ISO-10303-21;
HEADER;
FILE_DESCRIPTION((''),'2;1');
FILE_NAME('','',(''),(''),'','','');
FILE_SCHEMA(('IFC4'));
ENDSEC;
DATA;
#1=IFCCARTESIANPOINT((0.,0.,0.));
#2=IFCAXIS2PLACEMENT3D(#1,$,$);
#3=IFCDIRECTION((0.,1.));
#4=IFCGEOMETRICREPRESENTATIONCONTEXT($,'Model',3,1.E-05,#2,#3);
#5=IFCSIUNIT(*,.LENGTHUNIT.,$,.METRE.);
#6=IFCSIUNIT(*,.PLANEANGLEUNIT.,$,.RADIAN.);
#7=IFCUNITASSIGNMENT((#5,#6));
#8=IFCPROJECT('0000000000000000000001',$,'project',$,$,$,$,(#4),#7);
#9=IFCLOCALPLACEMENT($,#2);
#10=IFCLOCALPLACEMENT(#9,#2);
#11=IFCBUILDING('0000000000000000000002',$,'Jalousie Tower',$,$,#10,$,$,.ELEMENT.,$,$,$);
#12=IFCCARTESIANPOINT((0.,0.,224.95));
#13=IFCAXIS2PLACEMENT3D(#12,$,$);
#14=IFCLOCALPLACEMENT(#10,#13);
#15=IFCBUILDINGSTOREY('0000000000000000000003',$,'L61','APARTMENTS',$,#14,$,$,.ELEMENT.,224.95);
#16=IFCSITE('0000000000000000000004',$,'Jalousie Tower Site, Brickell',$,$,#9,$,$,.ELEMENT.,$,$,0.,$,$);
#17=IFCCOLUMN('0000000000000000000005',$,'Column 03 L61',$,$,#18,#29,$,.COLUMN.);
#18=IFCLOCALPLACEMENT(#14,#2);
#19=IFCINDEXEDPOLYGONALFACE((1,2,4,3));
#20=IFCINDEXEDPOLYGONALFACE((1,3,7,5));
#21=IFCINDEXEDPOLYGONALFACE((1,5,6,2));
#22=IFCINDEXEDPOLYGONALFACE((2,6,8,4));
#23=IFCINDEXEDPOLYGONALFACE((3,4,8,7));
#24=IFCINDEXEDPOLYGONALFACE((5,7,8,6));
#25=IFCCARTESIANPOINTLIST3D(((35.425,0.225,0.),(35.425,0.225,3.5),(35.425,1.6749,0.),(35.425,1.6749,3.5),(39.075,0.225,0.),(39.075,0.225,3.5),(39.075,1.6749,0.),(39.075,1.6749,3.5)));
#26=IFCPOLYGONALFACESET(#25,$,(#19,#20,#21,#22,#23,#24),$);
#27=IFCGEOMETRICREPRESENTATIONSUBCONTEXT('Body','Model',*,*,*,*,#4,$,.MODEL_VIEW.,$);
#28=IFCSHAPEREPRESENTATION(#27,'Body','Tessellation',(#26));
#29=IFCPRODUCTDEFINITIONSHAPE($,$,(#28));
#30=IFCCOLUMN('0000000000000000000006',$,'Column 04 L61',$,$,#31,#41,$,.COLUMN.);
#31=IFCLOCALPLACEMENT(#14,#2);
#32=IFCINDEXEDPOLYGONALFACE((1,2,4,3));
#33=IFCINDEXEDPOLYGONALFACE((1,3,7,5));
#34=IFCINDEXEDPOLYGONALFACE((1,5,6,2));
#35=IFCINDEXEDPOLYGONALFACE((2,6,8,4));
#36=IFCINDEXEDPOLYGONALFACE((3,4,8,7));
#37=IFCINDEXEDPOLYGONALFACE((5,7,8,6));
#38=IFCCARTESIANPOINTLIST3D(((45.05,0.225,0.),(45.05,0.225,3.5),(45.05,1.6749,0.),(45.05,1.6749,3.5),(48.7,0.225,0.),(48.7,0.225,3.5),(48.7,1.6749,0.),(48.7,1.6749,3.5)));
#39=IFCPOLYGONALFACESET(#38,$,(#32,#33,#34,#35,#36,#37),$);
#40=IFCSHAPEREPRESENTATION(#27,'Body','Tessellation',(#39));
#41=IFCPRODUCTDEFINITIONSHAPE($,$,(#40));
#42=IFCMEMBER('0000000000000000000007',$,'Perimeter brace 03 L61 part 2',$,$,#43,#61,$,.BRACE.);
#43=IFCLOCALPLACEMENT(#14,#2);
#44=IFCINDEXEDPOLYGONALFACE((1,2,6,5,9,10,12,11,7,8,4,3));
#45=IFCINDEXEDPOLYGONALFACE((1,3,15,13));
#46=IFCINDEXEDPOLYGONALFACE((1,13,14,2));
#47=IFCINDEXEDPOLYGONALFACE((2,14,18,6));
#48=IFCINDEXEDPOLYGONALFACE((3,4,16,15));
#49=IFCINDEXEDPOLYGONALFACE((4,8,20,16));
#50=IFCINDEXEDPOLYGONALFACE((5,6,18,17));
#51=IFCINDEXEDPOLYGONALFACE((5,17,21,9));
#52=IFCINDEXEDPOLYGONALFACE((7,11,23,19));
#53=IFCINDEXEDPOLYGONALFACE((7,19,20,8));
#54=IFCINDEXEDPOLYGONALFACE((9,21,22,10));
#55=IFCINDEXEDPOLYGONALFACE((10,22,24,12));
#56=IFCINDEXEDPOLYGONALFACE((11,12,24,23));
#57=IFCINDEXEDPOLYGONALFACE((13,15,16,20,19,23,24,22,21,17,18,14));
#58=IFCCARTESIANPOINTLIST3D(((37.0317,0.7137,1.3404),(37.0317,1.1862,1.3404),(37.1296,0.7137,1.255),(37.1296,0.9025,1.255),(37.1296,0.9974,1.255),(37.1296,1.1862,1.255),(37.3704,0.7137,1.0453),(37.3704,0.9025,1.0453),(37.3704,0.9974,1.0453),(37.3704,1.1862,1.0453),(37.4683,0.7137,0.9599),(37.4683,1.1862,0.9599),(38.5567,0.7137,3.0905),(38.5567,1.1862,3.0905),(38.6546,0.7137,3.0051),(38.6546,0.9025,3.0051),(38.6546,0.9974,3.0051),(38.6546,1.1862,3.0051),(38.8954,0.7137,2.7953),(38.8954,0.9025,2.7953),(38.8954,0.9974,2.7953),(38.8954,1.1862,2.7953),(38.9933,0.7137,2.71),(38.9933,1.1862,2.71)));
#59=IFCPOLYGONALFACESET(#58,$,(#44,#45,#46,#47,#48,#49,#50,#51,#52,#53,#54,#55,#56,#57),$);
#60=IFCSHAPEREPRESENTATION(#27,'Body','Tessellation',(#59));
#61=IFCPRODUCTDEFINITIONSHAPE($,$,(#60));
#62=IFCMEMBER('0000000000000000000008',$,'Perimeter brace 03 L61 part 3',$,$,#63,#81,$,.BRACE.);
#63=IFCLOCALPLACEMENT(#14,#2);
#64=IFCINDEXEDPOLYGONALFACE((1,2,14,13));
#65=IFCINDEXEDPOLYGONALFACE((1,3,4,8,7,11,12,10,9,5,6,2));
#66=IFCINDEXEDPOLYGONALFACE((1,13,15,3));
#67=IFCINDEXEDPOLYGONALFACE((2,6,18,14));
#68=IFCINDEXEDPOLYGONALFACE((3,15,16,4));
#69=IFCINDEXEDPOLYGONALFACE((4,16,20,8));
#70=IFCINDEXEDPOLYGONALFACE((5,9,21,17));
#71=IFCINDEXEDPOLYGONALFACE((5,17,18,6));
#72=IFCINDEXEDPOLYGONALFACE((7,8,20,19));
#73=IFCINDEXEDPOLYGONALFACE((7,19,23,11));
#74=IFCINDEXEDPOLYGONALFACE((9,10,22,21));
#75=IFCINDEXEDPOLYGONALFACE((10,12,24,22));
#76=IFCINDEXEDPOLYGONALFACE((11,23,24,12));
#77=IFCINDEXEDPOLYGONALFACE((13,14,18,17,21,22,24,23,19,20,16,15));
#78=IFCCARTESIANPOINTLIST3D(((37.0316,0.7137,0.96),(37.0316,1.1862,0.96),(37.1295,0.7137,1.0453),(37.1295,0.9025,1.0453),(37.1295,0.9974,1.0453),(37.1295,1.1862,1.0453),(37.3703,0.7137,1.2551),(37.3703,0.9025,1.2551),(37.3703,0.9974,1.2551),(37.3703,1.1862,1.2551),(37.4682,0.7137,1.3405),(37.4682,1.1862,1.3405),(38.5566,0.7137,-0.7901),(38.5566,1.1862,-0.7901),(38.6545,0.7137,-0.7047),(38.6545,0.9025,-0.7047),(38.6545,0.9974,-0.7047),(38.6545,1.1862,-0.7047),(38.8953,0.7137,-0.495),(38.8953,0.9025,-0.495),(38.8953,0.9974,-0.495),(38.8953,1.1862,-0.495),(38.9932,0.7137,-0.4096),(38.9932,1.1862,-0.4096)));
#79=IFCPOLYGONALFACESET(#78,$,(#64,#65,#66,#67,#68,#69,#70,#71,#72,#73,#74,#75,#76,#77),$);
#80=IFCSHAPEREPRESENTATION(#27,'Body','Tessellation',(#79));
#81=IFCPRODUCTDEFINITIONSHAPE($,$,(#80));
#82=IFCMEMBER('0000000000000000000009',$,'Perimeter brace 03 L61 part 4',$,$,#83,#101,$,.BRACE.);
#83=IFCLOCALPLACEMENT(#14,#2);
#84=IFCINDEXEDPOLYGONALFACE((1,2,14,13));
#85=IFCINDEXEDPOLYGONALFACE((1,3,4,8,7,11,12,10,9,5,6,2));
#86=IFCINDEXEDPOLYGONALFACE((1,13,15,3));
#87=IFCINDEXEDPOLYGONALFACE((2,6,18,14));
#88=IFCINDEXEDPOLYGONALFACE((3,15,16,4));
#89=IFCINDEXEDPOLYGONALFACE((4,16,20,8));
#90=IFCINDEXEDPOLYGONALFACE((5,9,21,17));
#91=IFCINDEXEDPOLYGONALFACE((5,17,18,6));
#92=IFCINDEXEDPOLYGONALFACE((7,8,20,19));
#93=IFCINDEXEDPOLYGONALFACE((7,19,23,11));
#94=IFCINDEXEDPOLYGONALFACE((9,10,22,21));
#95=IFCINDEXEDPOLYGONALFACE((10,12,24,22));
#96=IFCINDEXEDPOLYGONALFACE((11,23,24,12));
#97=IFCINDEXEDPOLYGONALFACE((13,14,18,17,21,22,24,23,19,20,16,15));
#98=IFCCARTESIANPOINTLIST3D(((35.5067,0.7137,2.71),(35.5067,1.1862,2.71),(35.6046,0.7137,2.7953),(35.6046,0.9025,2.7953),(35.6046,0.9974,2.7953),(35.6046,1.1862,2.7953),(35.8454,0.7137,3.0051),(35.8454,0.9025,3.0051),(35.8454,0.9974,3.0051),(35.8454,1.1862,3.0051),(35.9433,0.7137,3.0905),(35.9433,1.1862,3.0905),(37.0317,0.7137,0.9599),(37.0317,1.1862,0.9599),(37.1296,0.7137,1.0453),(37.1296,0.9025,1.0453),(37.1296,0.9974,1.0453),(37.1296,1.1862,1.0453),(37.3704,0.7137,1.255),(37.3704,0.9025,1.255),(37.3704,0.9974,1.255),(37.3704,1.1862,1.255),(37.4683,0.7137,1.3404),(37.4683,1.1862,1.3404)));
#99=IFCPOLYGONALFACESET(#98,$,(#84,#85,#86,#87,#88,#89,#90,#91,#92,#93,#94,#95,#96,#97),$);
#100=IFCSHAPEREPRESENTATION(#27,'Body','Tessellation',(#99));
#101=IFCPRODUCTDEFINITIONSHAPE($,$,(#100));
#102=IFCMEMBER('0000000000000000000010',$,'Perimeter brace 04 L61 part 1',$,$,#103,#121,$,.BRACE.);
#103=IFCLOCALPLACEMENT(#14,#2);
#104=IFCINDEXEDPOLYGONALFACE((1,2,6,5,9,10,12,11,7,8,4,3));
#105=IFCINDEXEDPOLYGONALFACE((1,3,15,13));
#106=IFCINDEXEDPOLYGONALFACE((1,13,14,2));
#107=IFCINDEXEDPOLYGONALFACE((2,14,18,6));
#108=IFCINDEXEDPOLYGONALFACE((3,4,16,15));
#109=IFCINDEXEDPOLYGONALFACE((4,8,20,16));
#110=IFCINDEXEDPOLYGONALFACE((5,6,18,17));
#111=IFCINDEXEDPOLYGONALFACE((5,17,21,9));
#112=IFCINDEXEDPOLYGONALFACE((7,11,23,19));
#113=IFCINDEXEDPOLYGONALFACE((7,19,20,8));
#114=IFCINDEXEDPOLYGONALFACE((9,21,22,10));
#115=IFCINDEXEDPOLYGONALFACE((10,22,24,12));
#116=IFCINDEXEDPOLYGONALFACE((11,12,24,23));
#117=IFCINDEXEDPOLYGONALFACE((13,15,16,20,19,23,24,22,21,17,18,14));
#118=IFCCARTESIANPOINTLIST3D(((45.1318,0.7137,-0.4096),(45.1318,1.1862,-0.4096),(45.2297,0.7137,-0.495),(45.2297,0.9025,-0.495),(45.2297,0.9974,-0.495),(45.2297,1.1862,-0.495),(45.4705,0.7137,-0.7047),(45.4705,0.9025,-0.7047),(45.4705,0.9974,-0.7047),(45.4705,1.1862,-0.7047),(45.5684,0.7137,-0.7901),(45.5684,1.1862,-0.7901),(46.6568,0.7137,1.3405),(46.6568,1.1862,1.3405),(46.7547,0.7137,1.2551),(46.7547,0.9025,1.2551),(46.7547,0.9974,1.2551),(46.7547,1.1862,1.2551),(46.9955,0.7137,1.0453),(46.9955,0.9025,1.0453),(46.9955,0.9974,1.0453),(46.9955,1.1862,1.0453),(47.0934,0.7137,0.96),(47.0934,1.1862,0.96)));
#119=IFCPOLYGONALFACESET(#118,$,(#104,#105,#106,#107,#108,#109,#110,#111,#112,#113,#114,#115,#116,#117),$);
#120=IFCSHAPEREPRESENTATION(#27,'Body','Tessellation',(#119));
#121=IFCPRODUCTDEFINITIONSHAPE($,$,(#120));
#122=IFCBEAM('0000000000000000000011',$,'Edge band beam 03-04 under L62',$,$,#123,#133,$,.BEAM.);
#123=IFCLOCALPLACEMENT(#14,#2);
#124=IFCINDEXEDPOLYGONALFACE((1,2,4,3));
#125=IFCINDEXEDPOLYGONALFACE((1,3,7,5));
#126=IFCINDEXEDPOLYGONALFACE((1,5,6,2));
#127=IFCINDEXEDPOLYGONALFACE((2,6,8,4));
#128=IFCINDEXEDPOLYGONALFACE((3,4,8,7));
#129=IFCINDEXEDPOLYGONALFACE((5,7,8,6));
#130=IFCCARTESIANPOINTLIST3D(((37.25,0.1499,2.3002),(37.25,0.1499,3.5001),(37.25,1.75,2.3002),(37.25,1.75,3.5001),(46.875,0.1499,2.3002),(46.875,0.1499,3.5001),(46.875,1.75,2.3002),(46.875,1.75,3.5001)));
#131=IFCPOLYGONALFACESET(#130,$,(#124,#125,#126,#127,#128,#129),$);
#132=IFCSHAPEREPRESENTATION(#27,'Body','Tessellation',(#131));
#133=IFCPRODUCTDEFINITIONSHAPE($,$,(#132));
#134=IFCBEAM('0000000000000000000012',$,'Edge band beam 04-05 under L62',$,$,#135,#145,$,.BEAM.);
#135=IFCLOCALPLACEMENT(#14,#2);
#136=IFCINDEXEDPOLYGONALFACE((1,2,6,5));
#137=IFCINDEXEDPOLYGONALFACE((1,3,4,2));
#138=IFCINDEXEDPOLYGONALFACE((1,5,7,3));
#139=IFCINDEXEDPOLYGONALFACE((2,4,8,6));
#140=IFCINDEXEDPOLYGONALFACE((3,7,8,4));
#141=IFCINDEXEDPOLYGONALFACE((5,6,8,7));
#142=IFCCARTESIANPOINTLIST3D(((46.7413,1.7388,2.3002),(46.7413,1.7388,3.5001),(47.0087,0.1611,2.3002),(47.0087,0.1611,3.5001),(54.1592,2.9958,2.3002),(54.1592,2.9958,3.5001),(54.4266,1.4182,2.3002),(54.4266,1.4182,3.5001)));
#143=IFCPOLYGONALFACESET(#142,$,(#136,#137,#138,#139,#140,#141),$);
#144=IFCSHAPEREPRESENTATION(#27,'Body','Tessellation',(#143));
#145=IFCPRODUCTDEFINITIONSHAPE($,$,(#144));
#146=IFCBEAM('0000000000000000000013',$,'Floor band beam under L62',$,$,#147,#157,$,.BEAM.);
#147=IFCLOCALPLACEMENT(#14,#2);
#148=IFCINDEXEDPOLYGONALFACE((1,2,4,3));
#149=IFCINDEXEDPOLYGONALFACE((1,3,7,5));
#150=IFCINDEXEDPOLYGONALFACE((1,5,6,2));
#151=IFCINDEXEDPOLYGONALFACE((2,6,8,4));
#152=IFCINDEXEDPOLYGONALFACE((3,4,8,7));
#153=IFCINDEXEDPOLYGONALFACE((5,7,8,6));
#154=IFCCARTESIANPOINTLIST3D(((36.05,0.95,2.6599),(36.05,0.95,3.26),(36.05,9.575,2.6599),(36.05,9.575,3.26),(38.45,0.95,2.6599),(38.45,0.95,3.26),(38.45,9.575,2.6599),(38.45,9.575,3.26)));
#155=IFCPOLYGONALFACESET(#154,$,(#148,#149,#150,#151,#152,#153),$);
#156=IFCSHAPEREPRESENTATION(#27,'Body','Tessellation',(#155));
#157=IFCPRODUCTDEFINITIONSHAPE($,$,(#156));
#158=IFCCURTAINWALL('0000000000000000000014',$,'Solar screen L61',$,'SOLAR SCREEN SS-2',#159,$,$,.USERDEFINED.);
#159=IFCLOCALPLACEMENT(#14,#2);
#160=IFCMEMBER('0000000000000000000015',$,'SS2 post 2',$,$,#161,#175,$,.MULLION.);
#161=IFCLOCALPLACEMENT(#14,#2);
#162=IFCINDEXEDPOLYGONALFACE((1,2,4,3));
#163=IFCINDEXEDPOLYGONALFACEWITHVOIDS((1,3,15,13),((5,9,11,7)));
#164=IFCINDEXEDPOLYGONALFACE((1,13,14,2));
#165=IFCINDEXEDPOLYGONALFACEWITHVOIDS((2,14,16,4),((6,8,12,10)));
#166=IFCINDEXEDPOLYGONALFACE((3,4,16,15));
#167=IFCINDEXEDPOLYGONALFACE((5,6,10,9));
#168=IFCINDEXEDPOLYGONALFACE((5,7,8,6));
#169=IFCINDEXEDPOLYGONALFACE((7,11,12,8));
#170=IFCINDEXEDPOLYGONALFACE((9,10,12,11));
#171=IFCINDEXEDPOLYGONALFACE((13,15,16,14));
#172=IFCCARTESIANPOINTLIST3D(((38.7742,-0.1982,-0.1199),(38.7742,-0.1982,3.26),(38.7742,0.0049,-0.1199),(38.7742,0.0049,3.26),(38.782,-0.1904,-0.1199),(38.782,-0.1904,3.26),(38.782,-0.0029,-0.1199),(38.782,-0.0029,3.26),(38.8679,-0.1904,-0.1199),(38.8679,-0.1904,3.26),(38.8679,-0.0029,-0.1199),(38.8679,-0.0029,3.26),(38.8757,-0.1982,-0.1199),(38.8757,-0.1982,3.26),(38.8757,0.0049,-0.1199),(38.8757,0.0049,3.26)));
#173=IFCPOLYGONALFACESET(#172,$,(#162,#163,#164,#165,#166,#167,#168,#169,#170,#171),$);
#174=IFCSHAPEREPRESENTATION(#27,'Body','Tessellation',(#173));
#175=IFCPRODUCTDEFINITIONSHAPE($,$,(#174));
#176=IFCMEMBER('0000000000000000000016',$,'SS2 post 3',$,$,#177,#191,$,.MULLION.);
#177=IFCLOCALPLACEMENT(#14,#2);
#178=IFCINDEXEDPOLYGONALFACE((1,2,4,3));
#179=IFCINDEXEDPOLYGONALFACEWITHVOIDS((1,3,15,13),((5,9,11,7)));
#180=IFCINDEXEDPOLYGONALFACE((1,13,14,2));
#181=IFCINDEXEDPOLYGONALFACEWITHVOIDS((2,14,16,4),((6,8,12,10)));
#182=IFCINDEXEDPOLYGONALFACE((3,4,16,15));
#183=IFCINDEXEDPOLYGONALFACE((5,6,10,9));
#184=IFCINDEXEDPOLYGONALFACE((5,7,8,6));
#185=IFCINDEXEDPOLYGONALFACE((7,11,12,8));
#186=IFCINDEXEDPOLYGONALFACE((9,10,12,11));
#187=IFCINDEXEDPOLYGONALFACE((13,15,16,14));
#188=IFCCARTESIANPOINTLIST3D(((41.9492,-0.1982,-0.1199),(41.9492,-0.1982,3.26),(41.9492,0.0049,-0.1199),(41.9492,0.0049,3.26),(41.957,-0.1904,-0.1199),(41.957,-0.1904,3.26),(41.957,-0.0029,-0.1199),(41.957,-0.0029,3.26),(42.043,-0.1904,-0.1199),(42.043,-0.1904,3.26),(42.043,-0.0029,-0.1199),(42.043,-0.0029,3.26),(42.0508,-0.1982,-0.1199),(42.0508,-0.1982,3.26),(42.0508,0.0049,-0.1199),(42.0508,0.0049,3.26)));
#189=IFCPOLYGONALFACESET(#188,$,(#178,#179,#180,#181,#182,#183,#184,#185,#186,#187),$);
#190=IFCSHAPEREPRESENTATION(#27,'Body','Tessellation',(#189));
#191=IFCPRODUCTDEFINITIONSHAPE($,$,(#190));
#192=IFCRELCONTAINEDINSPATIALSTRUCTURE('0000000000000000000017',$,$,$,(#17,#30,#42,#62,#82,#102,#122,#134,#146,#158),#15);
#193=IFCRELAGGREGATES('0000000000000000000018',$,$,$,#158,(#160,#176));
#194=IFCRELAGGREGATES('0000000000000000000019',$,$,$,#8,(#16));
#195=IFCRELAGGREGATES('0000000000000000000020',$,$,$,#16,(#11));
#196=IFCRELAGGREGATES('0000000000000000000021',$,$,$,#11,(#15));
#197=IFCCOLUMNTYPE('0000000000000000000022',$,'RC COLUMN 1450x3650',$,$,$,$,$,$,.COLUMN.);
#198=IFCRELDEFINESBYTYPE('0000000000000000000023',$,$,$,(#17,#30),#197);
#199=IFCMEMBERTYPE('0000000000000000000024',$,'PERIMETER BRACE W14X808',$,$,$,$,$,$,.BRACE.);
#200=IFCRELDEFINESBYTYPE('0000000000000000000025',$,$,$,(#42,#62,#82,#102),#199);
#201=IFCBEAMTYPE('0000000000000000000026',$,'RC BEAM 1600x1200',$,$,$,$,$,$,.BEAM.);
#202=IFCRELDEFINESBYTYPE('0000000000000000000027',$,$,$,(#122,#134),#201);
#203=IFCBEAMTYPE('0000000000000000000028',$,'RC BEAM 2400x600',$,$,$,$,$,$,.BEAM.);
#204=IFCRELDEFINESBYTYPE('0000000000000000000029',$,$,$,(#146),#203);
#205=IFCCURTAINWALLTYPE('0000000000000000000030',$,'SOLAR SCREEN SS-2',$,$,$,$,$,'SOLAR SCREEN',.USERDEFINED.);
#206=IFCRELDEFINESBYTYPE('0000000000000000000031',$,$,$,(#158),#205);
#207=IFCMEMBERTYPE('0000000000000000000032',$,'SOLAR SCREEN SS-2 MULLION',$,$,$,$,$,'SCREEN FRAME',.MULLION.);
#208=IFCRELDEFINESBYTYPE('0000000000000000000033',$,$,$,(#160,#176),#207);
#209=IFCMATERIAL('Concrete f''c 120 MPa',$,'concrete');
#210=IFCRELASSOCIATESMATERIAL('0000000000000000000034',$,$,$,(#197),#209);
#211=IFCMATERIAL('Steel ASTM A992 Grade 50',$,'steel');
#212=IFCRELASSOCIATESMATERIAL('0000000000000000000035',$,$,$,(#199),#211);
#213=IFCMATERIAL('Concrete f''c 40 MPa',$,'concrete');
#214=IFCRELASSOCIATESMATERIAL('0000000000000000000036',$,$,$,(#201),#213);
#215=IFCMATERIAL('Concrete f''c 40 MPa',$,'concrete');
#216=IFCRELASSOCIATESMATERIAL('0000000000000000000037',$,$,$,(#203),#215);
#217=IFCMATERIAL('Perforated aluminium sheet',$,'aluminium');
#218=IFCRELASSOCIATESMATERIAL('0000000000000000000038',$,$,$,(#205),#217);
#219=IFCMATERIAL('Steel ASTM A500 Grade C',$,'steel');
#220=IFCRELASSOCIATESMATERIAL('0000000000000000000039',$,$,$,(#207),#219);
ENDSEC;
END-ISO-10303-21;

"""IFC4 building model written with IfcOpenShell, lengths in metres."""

from ifc_helpers import new_model, si_unit, direction, frame, origin, origin_2d, place, context, subcontext, project, spatial, rectangle, hollow_rectangle, i_section, extrude, material, material_profile, profile_set, type_object, element, aggregate, save


model = new_model("IFC4")

# Units and contexts
model_context = context("Model", 3, precision=1e-05, world=origin(), true_north=direction((0.0, 1.0)))
body_context = subcontext(model_context, "Body", "Model", "MODEL_VIEW")
ifc_project = project(units=[si_unit("LENGTHUNIT", "METRE"), si_unit("PLANEANGLEUNIT", "RADIAN")], contexts=[model_context])

# Site, building, storey
site_placement = place(None, origin())
site = spatial("IfcSite", under=ifc_project, at=site_placement, Name="Jalousie Tower Site, Brickell", CompositionType="ELEMENT", RefElevation=0.0)
building_placement = place(site_placement, origin())
building = spatial("IfcBuilding", under=site, at=building_placement, Name="Jalousie Tower", CompositionType="ELEMENT")
storey_placement = place(building_placement, frame((0.0, 0.0, 224.95)))
storey = spatial("IfcBuildingStorey", under=building, at=storey_placement, Name="L61", Description="APARTMENTS", CompositionType="ELEMENT", Elevation=224.95)

# Columns
ifc_material_1 = material(Name="Concrete f'c 120 MPa", Category="concrete")
ifc_material_profile_1 = material_profile(ifc_material_1, rectangle(XDim=1.45, YDim=3.6499, at=origin_2d()), Name="RC 1450x3650")
ifc_profile_set_1 = profile_set([ifc_material_profile_1], Name="Concrete f'c 120 MPa")
column_type = type_object("IfcColumnType", Name="RC COLUMN 1450x3650", PredefinedType="COLUMN", material=ifc_profile_set_1)
for number, where, z_axis, x_axis, name in (
    (1, (37.25, 0.95, 0.0), (0.0, 0.0, 1.0), (0.0, 1.0, 0.0), "Column 03 L61"),
    (2, (46.875, 0.95, 0.0), (0.0, 0.0, 1.0), (0.0, 1.0, 0.0), "Column 04 L61"),
):
    element("IfcColumn", number, at=place(storey_placement, frame(where, z_axis=z_axis, x_axis=x_axis)), inside=storey, type_object=column_type, Name=name, PredefinedType="COLUMN", context=body_context, shape_type="SweptSolid", body=[
        extrude(rectangle(XDim=1.45, YDim=3.6499, at=origin_2d()), origin(), (0.0, 0.0, 1.0), 3.5),
    ])

# Members
ifc_material_2 = material(Name="Steel ASTM A992 Grade 50", Category="steel")
ifc_material_profile_2 = material_profile(ifc_material_2, i_section(OverallWidth=0.4724, OverallDepth=0.5791, WebThickness=0.095, FlangeThickness=0.1299, at=origin_2d()), Name="W14X808")
ifc_profile_set_2 = profile_set([ifc_material_profile_2], Name="Steel ASTM A992 Grade 50")
member_type_1 = type_object("IfcMemberType", Name="PERIMETER BRACE W14X808", PredefinedType="BRACE", material=ifc_profile_set_2)
for number, where, z_axis, x_axis, name in (
    (3, (37.25, 0.95, 1.1501), (0.656954, 0.0, 0.75393), (0.0, 1.0, 0.0), "Perimeter brace 03 L61 part 2"),
    (4, (38.7749, 0.95, -0.5999), (-0.656954, 0.0, 0.75393), (0.0, -1.0, 0.0), "Perimeter brace 03 L61 part 3"),
    (5, (37.25, 0.95, 1.1501), (-0.656954, 0.0, 0.75393), (0.0, -1.0, 0.0), "Perimeter brace 03 L61 part 4"),
    (6, (45.3501, 0.95, -0.5999), (0.656954, 0.0, 0.75393), (0.0, 1.0, 0.0), "Perimeter brace 04 L61 part 1"),
):
    element("IfcMember", number, at=place(storey_placement, frame(where, z_axis=z_axis, x_axis=x_axis)), inside=storey, type_object=member_type_1, Name=name, PredefinedType="BRACE", context=body_context, shape_type="SweptSolid", body=[
        extrude(i_section(OverallWidth=0.4724, OverallDepth=0.5791, WebThickness=0.095, FlangeThickness=0.1299, at=origin_2d()), origin(), (0.0, 0.0, 1.0), 2.3213),
    ])

# Beams
ifc_material_3 = material(Name="Concrete f'c 40 MPa", Category="concrete")
ifc_material_profile_3 = material_profile(ifc_material_3, rectangle(XDim=1.6001, YDim=1.2, at=origin_2d()), Name="RC 1600x1200")
ifc_profile_set_3 = profile_set([ifc_material_profile_3], Name="Concrete f'c 40 MPa")
beam_type_1 = type_object("IfcBeamType", Name="RC BEAM 1600x1200", PredefinedType="BEAM", material=ifc_profile_set_3)
beam_1_placement = place(storey_placement, frame((37.25, 0.95, 2.9001), z_axis=(1.0, 0.0, 0.0), x_axis=(0.0, 1.0, 0.0)))
element("IfcBeam", 7, at=beam_1_placement, inside=storey, type_object=beam_type_1, Name="Edge band beam 03-04 under L62", PredefinedType="BEAM", context=body_context, shape_type="SweptSolid", body=[
    extrude(rectangle(XDim=1.6001, YDim=1.2, at=origin_2d()), origin(), (0.0, 0.0, 1.0), 9.625),
])
beam_2_placement = place(storey_placement, frame((46.875, 0.95, 2.9001), z_axis=(0.985943, 0.167082, 0.0), x_axis=(-0.167082, 0.985943, 0.0)))
element("IfcBeam", 8, at=beam_2_placement, inside=storey, type_object=beam_type_1, Name="Edge band beam 04-05 under L62", PredefinedType="BEAM", context=body_context, shape_type="SweptSolid", body=[
    extrude(rectangle(XDim=1.6001, YDim=1.2, at=origin_2d()), origin(), (0.0, 0.0, 1.0), 7.5237),
])
ifc_material_4 = material(Name="Concrete f'c 40 MPa", Category="concrete")
ifc_material_profile_4 = material_profile(ifc_material_4, rectangle(XDim=2.3999, YDim=0.6001, at=origin_2d()), Name="RC 2400x600")
ifc_profile_set_4 = profile_set([ifc_material_profile_4], Name="Concrete f'c 40 MPa")
beam_type_2 = type_object("IfcBeamType", Name="RC BEAM 2400x600", PredefinedType="BEAM", material=ifc_profile_set_4)
beam_3_placement = place(storey_placement, frame((37.25, 0.95, 2.96), z_axis=(0.0, 1.0, 0.0), x_axis=(-1.0, 0.0, 0.0)))
element("IfcBeam", 9, at=beam_3_placement, inside=storey, type_object=beam_type_2, Name="Floor band beam under L62", PredefinedType="BEAM", context=body_context, shape_type="SweptSolid", body=[
    extrude(rectangle(XDim=2.3999, YDim=0.6001, at=origin_2d()), origin(), (0.0, 0.0, 1.0), 8.625),
])

# Curtain wall, members
ifc_material_5 = material(Name="Perforated aluminium sheet", Category="aluminium")
curtain_wall_type = type_object("IfcCurtainWallType", Name="SOLAR SCREEN SS-2", ElementType="SOLAR SCREEN", PredefinedType="USERDEFINED", material=ifc_material_5)
curtain_wall_1_placement = place(storey_placement, origin())
curtain_wall_1 = element("IfcCurtainWall", 10, at=curtain_wall_1_placement, inside=storey, type_object=curtain_wall_type, Name="Solar screen L61", ObjectType="SOLAR SCREEN SS-2", PredefinedType="USERDEFINED")
ifc_material_6 = material(Name="Steel ASTM A500 Grade C", Category="steel")
ifc_material_profile_5 = material_profile(ifc_material_6, hollow_rectangle(XDim=0.1016, YDim=0.2031, WallThickness=0.0078, at=origin_2d()), Name="HSS8X4X5/16")
ifc_profile_set_5 = profile_set([ifc_material_profile_5], Name="Steel ASTM A500 Grade C")
member_type_2 = type_object("IfcMemberType", Name="SOLAR SCREEN SS-2 MULLION", ElementType="SCREEN FRAME", PredefinedType="MULLION", material=ifc_profile_set_5)
member_1_placement = place(storey_placement, frame((38.825, -0.0967, -0.1199), z_axis=(0.0, 0.0, 1.0), x_axis=(1.0, 0.0, 0.0)))
member_1 = element("IfcMember", 11, at=member_1_placement, type_object=member_type_2, Name="SS2 post 2", PredefinedType="MULLION", context=body_context, shape_type="SweptSolid", body=[
    extrude(hollow_rectangle(XDim=0.1016, YDim=0.2031, WallThickness=0.0078, at=origin_2d()), origin(), (0.0, 0.0, 1.0), 3.3799),
])
member_2_placement = place(storey_placement, frame((42.0, -0.0967, -0.1199), z_axis=(0.0, 0.0, 1.0), x_axis=(1.0, 0.0, 0.0)))
member_2 = element("IfcMember", 12, at=member_2_placement, type_object=member_type_2, Name="SS2 post 3", PredefinedType="MULLION", context=body_context, shape_type="SweptSolid", body=[
    extrude(hollow_rectangle(XDim=0.1016, YDim=0.2031, WallThickness=0.0078, at=origin_2d()), origin(), (0.0, 0.0, 1.0), 3.3799),
])

aggregate(curtain_wall_1, [member_1, member_2])

save(model, "model.ifc")
